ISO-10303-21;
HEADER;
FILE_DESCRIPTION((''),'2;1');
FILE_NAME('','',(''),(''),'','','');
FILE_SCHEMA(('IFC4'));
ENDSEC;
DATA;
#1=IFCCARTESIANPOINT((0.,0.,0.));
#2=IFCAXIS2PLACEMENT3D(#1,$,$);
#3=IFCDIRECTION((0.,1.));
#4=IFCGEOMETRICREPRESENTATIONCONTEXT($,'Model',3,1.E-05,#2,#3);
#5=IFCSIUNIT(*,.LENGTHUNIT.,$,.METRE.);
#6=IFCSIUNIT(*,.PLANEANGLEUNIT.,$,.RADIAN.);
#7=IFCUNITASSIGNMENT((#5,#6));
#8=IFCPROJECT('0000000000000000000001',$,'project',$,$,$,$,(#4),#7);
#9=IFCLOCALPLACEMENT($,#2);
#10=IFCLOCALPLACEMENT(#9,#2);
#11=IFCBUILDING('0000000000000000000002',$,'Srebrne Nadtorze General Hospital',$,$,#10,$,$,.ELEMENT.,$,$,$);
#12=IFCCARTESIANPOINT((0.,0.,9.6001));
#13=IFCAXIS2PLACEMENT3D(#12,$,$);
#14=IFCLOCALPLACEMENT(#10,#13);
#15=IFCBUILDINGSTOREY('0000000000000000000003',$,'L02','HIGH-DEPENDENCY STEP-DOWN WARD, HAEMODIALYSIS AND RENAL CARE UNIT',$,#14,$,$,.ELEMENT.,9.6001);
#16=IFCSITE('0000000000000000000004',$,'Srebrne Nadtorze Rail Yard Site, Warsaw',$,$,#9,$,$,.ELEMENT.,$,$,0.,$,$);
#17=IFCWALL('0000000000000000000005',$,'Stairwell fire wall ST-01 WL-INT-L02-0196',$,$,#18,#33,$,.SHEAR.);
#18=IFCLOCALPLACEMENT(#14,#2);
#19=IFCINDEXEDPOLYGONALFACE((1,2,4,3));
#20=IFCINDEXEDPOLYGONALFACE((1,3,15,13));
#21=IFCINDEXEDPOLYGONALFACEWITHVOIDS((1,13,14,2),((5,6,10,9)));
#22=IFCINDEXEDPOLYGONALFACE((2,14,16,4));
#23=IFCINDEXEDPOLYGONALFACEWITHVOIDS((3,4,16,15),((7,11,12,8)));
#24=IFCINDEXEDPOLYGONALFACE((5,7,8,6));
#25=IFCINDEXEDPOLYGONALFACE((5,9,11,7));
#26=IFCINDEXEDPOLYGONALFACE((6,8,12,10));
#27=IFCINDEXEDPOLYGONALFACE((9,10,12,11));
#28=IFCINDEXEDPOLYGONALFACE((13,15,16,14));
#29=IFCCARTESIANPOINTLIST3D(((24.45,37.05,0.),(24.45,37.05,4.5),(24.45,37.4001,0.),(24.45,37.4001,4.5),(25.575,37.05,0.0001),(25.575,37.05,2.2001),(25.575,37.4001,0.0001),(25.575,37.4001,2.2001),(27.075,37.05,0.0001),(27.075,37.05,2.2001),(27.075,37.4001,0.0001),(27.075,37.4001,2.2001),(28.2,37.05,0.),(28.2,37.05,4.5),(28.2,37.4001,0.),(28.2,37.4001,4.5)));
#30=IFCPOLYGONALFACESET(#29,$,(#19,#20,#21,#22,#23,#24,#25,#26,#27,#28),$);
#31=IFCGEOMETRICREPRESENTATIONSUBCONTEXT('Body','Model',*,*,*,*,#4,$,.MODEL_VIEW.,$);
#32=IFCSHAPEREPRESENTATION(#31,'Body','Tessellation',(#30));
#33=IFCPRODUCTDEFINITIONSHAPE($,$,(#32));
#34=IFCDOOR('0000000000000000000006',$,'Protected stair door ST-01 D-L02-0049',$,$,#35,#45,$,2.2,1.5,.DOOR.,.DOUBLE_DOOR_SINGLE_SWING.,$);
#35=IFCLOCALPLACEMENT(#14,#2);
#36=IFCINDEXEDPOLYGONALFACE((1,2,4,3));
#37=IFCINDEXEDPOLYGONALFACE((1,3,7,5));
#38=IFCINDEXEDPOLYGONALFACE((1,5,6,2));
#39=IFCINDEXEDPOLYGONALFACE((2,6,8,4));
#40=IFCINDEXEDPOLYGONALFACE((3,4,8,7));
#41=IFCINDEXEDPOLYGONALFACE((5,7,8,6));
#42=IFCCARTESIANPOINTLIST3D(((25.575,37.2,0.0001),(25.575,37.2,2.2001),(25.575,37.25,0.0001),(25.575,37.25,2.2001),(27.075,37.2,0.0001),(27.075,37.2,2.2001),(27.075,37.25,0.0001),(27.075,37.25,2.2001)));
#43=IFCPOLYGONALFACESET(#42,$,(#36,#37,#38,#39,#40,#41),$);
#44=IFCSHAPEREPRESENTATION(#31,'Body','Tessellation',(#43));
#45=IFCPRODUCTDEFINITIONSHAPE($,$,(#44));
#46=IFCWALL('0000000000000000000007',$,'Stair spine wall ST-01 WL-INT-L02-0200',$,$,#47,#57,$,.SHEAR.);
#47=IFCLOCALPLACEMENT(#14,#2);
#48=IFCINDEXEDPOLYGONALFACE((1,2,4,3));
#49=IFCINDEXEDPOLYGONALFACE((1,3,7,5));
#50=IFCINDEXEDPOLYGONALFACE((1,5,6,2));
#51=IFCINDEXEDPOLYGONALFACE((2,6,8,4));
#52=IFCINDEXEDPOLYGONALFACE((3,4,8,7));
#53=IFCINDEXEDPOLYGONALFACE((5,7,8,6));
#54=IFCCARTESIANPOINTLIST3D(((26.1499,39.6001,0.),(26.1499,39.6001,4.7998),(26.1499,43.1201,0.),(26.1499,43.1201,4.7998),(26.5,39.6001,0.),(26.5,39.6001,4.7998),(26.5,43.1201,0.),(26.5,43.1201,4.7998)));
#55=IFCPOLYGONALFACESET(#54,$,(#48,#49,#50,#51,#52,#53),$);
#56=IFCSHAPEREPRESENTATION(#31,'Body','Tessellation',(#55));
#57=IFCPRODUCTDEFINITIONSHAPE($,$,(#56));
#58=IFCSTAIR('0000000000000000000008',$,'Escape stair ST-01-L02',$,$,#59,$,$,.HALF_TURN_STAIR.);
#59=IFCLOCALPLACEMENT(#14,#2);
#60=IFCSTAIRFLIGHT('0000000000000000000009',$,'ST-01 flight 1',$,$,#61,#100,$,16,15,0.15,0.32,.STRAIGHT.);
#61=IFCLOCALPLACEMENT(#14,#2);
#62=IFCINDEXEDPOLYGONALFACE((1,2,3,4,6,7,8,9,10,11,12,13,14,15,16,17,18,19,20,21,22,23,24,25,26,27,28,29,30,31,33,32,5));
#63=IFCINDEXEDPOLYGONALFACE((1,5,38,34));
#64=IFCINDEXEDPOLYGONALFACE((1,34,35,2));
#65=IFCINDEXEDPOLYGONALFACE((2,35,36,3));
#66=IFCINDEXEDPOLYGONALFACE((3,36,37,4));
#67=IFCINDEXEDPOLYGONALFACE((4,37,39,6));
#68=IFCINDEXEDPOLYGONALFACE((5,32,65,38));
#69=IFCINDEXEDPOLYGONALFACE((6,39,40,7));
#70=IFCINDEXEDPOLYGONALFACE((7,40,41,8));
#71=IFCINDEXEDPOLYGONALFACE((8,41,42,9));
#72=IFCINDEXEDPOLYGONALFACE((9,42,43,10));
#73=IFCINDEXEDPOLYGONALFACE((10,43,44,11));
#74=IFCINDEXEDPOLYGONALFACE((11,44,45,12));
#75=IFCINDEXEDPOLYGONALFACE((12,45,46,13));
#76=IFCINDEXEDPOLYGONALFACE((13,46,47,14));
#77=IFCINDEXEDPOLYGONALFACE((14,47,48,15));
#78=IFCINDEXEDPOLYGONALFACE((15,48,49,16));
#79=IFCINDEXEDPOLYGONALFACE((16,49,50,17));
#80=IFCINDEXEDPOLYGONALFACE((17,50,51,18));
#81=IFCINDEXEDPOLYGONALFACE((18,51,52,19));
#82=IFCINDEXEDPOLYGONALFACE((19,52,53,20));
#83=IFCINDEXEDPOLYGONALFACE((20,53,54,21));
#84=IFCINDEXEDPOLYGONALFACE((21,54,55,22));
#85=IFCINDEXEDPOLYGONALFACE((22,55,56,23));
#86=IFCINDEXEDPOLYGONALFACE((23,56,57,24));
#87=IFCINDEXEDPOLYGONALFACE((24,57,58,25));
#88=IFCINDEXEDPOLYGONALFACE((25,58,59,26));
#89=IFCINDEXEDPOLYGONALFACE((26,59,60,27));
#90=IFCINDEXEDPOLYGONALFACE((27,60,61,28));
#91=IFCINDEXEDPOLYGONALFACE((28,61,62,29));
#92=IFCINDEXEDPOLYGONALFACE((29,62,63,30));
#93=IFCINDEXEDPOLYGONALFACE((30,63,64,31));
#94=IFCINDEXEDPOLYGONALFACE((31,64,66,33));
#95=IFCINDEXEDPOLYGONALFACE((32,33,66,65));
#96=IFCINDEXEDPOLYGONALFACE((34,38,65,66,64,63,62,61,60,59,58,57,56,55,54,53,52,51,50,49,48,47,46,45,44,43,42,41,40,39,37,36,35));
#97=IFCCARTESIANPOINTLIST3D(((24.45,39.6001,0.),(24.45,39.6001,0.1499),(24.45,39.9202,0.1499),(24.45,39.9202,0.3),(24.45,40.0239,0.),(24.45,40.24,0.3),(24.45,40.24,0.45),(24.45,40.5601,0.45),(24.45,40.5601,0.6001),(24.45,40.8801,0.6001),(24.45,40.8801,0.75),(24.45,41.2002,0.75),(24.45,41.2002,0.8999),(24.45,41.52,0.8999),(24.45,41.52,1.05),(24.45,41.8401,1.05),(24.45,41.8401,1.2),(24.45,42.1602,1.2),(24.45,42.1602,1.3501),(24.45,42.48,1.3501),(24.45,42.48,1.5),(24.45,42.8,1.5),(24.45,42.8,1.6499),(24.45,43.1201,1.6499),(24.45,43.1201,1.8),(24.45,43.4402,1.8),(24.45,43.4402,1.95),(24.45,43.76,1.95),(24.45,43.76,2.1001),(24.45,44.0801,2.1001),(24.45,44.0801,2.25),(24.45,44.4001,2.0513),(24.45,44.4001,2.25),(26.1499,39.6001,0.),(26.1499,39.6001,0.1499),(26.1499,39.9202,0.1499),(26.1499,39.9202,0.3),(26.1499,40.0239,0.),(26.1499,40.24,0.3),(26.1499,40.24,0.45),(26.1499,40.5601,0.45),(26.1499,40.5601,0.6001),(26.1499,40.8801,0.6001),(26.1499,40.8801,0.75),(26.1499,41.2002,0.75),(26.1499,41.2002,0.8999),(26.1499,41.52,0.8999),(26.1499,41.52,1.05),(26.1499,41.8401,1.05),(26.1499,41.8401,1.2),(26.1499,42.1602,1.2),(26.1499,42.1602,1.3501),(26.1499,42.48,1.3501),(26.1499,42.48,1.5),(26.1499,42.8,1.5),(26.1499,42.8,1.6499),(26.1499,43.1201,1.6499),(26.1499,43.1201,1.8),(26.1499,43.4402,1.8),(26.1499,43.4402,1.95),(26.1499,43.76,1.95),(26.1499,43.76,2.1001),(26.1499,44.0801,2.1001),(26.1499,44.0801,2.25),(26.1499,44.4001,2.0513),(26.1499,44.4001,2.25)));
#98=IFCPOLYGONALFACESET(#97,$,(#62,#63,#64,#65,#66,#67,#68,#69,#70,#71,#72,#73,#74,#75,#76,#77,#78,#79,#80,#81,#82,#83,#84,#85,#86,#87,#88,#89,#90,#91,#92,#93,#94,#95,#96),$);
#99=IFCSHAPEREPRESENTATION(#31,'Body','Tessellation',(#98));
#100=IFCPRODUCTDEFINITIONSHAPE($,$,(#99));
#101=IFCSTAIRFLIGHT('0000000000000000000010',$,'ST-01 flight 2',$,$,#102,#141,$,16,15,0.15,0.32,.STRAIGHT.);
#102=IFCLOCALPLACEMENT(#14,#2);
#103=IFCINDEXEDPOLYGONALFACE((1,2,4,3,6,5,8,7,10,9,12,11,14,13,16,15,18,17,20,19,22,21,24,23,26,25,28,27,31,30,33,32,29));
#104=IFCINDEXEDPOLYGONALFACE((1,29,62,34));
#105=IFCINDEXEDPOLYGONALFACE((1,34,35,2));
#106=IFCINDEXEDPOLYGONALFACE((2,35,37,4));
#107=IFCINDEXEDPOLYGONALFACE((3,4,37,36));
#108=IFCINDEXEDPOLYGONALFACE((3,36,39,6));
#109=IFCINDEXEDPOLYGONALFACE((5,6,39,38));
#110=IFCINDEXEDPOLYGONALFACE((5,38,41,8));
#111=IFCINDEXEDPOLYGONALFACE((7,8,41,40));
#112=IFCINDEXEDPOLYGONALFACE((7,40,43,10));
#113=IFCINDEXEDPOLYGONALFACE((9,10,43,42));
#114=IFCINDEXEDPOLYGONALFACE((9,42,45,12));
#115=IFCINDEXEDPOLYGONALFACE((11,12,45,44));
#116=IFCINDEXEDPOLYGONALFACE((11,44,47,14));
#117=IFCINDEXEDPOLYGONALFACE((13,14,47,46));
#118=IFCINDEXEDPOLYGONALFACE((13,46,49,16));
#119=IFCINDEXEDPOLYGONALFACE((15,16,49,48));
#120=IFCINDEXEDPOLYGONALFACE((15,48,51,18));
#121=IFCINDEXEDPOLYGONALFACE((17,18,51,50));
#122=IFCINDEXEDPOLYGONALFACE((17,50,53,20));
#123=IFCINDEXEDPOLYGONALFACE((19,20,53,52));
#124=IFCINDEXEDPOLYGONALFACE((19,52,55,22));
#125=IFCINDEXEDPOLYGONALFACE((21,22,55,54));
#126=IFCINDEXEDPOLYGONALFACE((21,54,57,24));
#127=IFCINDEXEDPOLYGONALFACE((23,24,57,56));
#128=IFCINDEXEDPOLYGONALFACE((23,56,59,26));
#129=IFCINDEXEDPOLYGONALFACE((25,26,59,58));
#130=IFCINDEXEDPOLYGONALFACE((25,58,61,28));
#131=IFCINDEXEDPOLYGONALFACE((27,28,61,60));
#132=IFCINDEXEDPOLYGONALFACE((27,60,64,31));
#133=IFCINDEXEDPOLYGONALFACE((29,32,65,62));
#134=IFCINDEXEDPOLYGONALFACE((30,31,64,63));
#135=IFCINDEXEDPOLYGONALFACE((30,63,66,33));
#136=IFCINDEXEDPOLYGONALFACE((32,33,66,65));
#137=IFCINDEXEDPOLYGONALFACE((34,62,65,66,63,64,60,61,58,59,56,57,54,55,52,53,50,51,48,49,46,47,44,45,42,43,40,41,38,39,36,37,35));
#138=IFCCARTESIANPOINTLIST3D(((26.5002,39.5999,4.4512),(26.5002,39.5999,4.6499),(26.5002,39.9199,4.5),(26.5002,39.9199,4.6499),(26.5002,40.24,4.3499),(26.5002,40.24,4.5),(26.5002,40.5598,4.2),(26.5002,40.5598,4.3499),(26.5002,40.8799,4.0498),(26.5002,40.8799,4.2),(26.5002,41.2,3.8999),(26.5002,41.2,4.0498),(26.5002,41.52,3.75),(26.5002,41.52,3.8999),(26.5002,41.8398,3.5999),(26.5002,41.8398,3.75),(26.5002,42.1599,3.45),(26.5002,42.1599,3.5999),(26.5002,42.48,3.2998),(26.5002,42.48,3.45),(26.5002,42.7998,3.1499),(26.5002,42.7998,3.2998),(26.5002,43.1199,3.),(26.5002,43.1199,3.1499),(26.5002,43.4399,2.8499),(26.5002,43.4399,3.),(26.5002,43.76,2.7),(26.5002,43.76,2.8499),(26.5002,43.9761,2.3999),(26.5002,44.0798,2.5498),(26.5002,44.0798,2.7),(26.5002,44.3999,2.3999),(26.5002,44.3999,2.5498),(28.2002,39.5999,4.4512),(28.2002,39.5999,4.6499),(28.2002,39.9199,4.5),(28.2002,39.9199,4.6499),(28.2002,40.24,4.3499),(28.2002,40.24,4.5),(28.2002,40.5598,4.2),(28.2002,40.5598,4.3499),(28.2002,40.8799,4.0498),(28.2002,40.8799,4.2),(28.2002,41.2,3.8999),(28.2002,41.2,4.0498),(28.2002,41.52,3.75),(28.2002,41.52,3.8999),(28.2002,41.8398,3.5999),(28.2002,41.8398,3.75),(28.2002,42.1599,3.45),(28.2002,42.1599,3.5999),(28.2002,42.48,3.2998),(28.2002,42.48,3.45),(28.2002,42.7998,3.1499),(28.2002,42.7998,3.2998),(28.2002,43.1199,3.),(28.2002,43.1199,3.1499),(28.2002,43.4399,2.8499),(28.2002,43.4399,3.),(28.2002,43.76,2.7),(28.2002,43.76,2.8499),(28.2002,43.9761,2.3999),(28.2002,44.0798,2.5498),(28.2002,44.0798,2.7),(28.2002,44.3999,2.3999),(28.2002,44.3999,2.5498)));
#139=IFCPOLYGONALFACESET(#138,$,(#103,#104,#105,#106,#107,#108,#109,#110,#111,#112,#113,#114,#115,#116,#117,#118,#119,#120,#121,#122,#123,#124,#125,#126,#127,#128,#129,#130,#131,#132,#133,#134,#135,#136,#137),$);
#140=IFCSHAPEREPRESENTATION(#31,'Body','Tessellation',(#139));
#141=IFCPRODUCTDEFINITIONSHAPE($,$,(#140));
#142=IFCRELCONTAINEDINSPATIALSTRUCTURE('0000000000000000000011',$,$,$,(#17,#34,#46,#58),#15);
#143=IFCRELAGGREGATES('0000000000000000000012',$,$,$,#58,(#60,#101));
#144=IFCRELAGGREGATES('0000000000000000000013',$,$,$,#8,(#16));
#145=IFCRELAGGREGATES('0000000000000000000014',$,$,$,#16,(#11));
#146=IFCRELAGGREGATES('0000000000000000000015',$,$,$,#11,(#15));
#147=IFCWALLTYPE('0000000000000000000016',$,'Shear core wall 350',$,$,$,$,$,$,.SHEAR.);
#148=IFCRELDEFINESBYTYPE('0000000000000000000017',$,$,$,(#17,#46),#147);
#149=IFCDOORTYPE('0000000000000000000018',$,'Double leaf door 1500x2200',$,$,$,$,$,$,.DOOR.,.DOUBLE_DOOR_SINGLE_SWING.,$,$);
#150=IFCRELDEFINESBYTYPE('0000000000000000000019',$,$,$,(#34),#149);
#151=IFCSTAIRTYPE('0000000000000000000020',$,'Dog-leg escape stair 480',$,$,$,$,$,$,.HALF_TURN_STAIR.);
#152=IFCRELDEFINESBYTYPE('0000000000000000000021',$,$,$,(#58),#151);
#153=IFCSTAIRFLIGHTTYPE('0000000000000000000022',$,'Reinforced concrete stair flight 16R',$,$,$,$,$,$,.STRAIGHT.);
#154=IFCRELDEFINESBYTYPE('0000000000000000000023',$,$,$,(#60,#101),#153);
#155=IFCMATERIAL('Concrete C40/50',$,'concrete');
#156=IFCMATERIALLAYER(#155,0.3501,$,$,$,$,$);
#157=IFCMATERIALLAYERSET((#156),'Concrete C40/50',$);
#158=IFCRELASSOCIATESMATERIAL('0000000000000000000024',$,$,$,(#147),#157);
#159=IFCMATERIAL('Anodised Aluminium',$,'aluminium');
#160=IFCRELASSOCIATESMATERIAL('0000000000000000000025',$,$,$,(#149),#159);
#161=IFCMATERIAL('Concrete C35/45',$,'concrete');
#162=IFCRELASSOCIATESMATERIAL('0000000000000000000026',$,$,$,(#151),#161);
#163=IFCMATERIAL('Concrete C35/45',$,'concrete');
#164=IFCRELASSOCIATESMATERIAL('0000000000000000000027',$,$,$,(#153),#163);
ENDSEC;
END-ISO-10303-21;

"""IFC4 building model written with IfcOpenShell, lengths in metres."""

from ifc_helpers import new_model, si_unit, direction, frame, frame_2d, origin, place, context, subcontext, project, spatial, polyline, rectangle, outline, extrude, material, layer, layer_set, type_object, element, fill, aggregate, save


model = new_model("IFC4")

# Units and contexts
model_context = context("Model", 3, precision=1e-05, world=origin(), true_north=direction((0.0, 1.0)))
body_context = subcontext(model_context, "Body", "Model", "MODEL_VIEW")
ifc_project = project(units=[si_unit("LENGTHUNIT", "METRE"), si_unit("PLANEANGLEUNIT", "RADIAN")], contexts=[model_context])

# Site, building, storey
site_placement = place(None, origin())
site = spatial("IfcSite", under=ifc_project, at=site_placement, Name="Srebrne Nadtorze Rail Yard Site, Warsaw", CompositionType="ELEMENT", RefElevation=0.0)
building_placement = place(site_placement, origin())
building = spatial("IfcBuilding", under=site, at=building_placement, Name="Srebrne Nadtorze General Hospital", CompositionType="ELEMENT")
storey_placement = place(building_placement, frame((0.0, 0.0, 9.6001)))
storey = spatial("IfcBuildingStorey", under=building, at=storey_placement, Name="L02", Description="HIGH-DEPENDENCY STEP-DOWN WARD, HAEMODIALYSIS AND RENAL CARE UNIT", CompositionType="ELEMENT", Elevation=9.6001)

# Shared definitions
ifc_material_1 = material(Name="Concrete C40/50", Category="concrete")
ifc_layer_1 = layer(ifc_material_1, 0.3501)
ifc_layer_set_1 = layer_set([ifc_layer_1], Name="Concrete C40/50")
wall_type_1 = type_object("IfcWallType", Name="Shear core wall 350", PredefinedType="SHEAR", material=ifc_layer_set_1)

# Wall, opening, door
wall_1_placement = place(storey_placement, frame((24.45, 37.2251, 0.0), z_axis=(0.0, 0.0, 1.0), x_axis=(1.0, 0.0, 0.0)))
wall_1 = element("IfcWall", 1, at=wall_1_placement, inside=storey, type_object=wall_type_1, Name="Stairwell fire wall ST-01 WL-INT-L02-0196", PredefinedType="SHEAR", context=body_context, shape_type="SweptSolid", body=[
    extrude(rectangle(XDim=3.75, YDim=0.3501, at=frame_2d((1.875, 0.0))), origin(), (0.0, 0.0, 1.0), 4.5),
])
opening_1_placement = place(wall_1_placement, frame((1.125, 0.0, 0.0)))
opening_1 = element("IfcOpeningElement", 2, at=opening_1_placement, cuts=wall_1, PredefinedType="OPENING", context=body_context, shape_type="SweptSolid", body=[
    extrude(rectangle(XDim=1.5, YDim=2.2, at=frame_2d((0.75, 1.1001))), frame((0.0, 0.187, 0.0), z_axis=(0.0, -1.0, 0.0), x_axis=(1.0, 0.0, 0.0)), (0.0, 0.0, 1.0), 0.374),
])
ifc_material_2 = material(Name="Anodised Aluminium", Category="aluminium")
door_type = type_object("IfcDoorType", Name="Double leaf door 1500x2200", OperationType="DOUBLE_DOOR_SINGLE_SWING", PredefinedType="DOOR", material=ifc_material_2)
door_placement = place(opening_1_placement, origin())
door = element("IfcDoor", 3, at=door_placement, inside=storey, type_object=door_type, Name="Protected stair door ST-01 D-L02-0049", OperationType="DOUBLE_DOOR_SINGLE_SWING", OverallHeight=2.2, OverallWidth=1.5, PredefinedType="DOOR", context=body_context, shape_type="SweptSolid", body=[
    extrude(rectangle(XDim=1.5, YDim=2.2, at=frame_2d((0.75, 1.1001))), frame((0.0, 0.0249, 0.0), z_axis=(0.0, -1.0, 0.0), x_axis=(1.0, 0.0, 0.0)), (0.0, 0.0, 1.0), 0.05),
])
fill(opening_1, door)

# Wall
wall_2_placement = place(storey_placement, frame((26.325, 39.6001, 0.0), z_axis=(0.0, 0.0, 1.0), x_axis=(0.0, 1.0, 0.0)))
element("IfcWall", 4, at=wall_2_placement, inside=storey, type_object=wall_type_1, Name="Stair spine wall ST-01 WL-INT-L02-0200", PredefinedType="SHEAR", context=body_context, shape_type="SweptSolid", body=[
    extrude(rectangle(XDim=3.52, YDim=0.3501, at=frame_2d((1.76, 0.0))), origin(), (0.0, 0.0, 1.0), 4.7998),
])

# Stair, stair flights
ifc_material_3 = material(Name="Concrete C35/45", Category="concrete")
stair_type = type_object("IfcStairType", Name="Dog-leg escape stair 480", PredefinedType="HALF_TURN_STAIR", material=ifc_material_3)
stair_placement = place(storey_placement, origin())
stair = element("IfcStair", 5, at=stair_placement, inside=storey, type_object=stair_type, Name="Escape stair ST-01-L02", PredefinedType="HALF_TURN_STAIR")
ifc_material_4 = material(Name="Concrete C35/45", Category="concrete")
stair_flight_type = type_object("IfcStairFlightType", Name="Reinforced concrete stair flight 16R", PredefinedType="STRAIGHT", material=ifc_material_4)
stair_flight_1_placement = place(storey_placement, frame((25.3, 39.6001, 0.0), z_axis=(0.0, 0.0, 1.0), x_axis=(0.0, 1.0, 0.0)))
stair_flight_1 = element("IfcStairFlight", 6, at=stair_flight_1_placement, type_object=stair_flight_type, Name="ST-01 flight 1", NumberOfRisers=16, NumberOfTreads=15, PredefinedType="STRAIGHT", RiserHeight=0.15, TreadLength=0.32, context=body_context, shape_type="SweptSolid", body=[
    extrude(outline(polyline([(0.0, 0.0), (0.0, 0.1499), (0.3201, 0.1499), (0.3201, 0.3), (0.6399, 0.3), (0.6399, 0.45), (0.96, 0.45), (0.96, 0.6001), (1.28, 0.6001), (1.28, 0.75), (1.6001, 0.75), (1.6001, 0.8999), (1.9199, 0.8999), (1.9199, 1.05), (2.24, 1.05), (2.24, 1.2), (2.5601, 1.2), (2.5601, 1.3501), (2.8799, 1.3501), (2.8799, 1.5), (3.2, 1.5), (3.2, 1.6499), (3.52, 1.6499), (3.52, 1.8), (3.8401, 1.8), (3.8401, 1.95), (4.1599, 1.95), (4.1599, 2.1001), (4.48, 2.1001), (4.48, 2.25), (4.8, 2.25), (4.8, 2.3999), (4.8, 2.0513), (0.4238, 0.0), (0.0, 0.0)])), frame((0.0, 0.8501, 0.0), z_axis=(0.0, -1.0, 0.0), x_axis=(1.0, 0.0, 0.0)), (0.0, 0.0, 1.0), 1.7),
])
stair_flight_2_placement = place(storey_placement, frame((27.3501, 44.3999, 2.3999), z_axis=(0.0, 0.0, 1.0), x_axis=(0.0, -1.0, 0.0)))
stair_flight_2 = element("IfcStairFlight", 7, at=stair_flight_2_placement, type_object=stair_flight_type, Name="ST-01 flight 2", NumberOfRisers=16, NumberOfTreads=15, PredefinedType="STRAIGHT", RiserHeight=0.15, TreadLength=0.32, context=body_context, shape_type="SweptSolid", body=[
    extrude(outline(polyline([(0.0, 0.0), (0.0, 0.1499), (0.3201, 0.1499), (0.3201, 0.3), (0.6399, 0.3), (0.6399, 0.45), (0.96, 0.45), (0.96, 0.6001), (1.28, 0.6001), (1.28, 0.75), (1.6001, 0.75), (1.6001, 0.8999), (1.9199, 0.8999), (1.9199, 1.05), (2.24, 1.05), (2.24, 1.2), (2.5601, 1.2), (2.5601, 1.3501), (2.8799, 1.3501), (2.8799, 1.5), (3.2, 1.5), (3.2, 1.6499), (3.52, 1.6499), (3.52, 1.8), (3.8401, 1.8), (3.8401, 1.95), (4.1599, 1.95), (4.1599, 2.1001), (4.48, 2.1001), (4.48, 2.25), (4.8, 2.25), (4.8, 2.3999), (4.8, 2.0513), (0.4238, 0.0), (0.0, 0.0)])), frame((0.0, 0.8501, 0.0), z_axis=(0.0, -1.0, 0.0), x_axis=(1.0, 0.0, 0.0)), (0.0, 0.0, 1.0), 1.7),
])
aggregate(stair, [stair_flight_1, stair_flight_2])

save(model, "model.ifc")
